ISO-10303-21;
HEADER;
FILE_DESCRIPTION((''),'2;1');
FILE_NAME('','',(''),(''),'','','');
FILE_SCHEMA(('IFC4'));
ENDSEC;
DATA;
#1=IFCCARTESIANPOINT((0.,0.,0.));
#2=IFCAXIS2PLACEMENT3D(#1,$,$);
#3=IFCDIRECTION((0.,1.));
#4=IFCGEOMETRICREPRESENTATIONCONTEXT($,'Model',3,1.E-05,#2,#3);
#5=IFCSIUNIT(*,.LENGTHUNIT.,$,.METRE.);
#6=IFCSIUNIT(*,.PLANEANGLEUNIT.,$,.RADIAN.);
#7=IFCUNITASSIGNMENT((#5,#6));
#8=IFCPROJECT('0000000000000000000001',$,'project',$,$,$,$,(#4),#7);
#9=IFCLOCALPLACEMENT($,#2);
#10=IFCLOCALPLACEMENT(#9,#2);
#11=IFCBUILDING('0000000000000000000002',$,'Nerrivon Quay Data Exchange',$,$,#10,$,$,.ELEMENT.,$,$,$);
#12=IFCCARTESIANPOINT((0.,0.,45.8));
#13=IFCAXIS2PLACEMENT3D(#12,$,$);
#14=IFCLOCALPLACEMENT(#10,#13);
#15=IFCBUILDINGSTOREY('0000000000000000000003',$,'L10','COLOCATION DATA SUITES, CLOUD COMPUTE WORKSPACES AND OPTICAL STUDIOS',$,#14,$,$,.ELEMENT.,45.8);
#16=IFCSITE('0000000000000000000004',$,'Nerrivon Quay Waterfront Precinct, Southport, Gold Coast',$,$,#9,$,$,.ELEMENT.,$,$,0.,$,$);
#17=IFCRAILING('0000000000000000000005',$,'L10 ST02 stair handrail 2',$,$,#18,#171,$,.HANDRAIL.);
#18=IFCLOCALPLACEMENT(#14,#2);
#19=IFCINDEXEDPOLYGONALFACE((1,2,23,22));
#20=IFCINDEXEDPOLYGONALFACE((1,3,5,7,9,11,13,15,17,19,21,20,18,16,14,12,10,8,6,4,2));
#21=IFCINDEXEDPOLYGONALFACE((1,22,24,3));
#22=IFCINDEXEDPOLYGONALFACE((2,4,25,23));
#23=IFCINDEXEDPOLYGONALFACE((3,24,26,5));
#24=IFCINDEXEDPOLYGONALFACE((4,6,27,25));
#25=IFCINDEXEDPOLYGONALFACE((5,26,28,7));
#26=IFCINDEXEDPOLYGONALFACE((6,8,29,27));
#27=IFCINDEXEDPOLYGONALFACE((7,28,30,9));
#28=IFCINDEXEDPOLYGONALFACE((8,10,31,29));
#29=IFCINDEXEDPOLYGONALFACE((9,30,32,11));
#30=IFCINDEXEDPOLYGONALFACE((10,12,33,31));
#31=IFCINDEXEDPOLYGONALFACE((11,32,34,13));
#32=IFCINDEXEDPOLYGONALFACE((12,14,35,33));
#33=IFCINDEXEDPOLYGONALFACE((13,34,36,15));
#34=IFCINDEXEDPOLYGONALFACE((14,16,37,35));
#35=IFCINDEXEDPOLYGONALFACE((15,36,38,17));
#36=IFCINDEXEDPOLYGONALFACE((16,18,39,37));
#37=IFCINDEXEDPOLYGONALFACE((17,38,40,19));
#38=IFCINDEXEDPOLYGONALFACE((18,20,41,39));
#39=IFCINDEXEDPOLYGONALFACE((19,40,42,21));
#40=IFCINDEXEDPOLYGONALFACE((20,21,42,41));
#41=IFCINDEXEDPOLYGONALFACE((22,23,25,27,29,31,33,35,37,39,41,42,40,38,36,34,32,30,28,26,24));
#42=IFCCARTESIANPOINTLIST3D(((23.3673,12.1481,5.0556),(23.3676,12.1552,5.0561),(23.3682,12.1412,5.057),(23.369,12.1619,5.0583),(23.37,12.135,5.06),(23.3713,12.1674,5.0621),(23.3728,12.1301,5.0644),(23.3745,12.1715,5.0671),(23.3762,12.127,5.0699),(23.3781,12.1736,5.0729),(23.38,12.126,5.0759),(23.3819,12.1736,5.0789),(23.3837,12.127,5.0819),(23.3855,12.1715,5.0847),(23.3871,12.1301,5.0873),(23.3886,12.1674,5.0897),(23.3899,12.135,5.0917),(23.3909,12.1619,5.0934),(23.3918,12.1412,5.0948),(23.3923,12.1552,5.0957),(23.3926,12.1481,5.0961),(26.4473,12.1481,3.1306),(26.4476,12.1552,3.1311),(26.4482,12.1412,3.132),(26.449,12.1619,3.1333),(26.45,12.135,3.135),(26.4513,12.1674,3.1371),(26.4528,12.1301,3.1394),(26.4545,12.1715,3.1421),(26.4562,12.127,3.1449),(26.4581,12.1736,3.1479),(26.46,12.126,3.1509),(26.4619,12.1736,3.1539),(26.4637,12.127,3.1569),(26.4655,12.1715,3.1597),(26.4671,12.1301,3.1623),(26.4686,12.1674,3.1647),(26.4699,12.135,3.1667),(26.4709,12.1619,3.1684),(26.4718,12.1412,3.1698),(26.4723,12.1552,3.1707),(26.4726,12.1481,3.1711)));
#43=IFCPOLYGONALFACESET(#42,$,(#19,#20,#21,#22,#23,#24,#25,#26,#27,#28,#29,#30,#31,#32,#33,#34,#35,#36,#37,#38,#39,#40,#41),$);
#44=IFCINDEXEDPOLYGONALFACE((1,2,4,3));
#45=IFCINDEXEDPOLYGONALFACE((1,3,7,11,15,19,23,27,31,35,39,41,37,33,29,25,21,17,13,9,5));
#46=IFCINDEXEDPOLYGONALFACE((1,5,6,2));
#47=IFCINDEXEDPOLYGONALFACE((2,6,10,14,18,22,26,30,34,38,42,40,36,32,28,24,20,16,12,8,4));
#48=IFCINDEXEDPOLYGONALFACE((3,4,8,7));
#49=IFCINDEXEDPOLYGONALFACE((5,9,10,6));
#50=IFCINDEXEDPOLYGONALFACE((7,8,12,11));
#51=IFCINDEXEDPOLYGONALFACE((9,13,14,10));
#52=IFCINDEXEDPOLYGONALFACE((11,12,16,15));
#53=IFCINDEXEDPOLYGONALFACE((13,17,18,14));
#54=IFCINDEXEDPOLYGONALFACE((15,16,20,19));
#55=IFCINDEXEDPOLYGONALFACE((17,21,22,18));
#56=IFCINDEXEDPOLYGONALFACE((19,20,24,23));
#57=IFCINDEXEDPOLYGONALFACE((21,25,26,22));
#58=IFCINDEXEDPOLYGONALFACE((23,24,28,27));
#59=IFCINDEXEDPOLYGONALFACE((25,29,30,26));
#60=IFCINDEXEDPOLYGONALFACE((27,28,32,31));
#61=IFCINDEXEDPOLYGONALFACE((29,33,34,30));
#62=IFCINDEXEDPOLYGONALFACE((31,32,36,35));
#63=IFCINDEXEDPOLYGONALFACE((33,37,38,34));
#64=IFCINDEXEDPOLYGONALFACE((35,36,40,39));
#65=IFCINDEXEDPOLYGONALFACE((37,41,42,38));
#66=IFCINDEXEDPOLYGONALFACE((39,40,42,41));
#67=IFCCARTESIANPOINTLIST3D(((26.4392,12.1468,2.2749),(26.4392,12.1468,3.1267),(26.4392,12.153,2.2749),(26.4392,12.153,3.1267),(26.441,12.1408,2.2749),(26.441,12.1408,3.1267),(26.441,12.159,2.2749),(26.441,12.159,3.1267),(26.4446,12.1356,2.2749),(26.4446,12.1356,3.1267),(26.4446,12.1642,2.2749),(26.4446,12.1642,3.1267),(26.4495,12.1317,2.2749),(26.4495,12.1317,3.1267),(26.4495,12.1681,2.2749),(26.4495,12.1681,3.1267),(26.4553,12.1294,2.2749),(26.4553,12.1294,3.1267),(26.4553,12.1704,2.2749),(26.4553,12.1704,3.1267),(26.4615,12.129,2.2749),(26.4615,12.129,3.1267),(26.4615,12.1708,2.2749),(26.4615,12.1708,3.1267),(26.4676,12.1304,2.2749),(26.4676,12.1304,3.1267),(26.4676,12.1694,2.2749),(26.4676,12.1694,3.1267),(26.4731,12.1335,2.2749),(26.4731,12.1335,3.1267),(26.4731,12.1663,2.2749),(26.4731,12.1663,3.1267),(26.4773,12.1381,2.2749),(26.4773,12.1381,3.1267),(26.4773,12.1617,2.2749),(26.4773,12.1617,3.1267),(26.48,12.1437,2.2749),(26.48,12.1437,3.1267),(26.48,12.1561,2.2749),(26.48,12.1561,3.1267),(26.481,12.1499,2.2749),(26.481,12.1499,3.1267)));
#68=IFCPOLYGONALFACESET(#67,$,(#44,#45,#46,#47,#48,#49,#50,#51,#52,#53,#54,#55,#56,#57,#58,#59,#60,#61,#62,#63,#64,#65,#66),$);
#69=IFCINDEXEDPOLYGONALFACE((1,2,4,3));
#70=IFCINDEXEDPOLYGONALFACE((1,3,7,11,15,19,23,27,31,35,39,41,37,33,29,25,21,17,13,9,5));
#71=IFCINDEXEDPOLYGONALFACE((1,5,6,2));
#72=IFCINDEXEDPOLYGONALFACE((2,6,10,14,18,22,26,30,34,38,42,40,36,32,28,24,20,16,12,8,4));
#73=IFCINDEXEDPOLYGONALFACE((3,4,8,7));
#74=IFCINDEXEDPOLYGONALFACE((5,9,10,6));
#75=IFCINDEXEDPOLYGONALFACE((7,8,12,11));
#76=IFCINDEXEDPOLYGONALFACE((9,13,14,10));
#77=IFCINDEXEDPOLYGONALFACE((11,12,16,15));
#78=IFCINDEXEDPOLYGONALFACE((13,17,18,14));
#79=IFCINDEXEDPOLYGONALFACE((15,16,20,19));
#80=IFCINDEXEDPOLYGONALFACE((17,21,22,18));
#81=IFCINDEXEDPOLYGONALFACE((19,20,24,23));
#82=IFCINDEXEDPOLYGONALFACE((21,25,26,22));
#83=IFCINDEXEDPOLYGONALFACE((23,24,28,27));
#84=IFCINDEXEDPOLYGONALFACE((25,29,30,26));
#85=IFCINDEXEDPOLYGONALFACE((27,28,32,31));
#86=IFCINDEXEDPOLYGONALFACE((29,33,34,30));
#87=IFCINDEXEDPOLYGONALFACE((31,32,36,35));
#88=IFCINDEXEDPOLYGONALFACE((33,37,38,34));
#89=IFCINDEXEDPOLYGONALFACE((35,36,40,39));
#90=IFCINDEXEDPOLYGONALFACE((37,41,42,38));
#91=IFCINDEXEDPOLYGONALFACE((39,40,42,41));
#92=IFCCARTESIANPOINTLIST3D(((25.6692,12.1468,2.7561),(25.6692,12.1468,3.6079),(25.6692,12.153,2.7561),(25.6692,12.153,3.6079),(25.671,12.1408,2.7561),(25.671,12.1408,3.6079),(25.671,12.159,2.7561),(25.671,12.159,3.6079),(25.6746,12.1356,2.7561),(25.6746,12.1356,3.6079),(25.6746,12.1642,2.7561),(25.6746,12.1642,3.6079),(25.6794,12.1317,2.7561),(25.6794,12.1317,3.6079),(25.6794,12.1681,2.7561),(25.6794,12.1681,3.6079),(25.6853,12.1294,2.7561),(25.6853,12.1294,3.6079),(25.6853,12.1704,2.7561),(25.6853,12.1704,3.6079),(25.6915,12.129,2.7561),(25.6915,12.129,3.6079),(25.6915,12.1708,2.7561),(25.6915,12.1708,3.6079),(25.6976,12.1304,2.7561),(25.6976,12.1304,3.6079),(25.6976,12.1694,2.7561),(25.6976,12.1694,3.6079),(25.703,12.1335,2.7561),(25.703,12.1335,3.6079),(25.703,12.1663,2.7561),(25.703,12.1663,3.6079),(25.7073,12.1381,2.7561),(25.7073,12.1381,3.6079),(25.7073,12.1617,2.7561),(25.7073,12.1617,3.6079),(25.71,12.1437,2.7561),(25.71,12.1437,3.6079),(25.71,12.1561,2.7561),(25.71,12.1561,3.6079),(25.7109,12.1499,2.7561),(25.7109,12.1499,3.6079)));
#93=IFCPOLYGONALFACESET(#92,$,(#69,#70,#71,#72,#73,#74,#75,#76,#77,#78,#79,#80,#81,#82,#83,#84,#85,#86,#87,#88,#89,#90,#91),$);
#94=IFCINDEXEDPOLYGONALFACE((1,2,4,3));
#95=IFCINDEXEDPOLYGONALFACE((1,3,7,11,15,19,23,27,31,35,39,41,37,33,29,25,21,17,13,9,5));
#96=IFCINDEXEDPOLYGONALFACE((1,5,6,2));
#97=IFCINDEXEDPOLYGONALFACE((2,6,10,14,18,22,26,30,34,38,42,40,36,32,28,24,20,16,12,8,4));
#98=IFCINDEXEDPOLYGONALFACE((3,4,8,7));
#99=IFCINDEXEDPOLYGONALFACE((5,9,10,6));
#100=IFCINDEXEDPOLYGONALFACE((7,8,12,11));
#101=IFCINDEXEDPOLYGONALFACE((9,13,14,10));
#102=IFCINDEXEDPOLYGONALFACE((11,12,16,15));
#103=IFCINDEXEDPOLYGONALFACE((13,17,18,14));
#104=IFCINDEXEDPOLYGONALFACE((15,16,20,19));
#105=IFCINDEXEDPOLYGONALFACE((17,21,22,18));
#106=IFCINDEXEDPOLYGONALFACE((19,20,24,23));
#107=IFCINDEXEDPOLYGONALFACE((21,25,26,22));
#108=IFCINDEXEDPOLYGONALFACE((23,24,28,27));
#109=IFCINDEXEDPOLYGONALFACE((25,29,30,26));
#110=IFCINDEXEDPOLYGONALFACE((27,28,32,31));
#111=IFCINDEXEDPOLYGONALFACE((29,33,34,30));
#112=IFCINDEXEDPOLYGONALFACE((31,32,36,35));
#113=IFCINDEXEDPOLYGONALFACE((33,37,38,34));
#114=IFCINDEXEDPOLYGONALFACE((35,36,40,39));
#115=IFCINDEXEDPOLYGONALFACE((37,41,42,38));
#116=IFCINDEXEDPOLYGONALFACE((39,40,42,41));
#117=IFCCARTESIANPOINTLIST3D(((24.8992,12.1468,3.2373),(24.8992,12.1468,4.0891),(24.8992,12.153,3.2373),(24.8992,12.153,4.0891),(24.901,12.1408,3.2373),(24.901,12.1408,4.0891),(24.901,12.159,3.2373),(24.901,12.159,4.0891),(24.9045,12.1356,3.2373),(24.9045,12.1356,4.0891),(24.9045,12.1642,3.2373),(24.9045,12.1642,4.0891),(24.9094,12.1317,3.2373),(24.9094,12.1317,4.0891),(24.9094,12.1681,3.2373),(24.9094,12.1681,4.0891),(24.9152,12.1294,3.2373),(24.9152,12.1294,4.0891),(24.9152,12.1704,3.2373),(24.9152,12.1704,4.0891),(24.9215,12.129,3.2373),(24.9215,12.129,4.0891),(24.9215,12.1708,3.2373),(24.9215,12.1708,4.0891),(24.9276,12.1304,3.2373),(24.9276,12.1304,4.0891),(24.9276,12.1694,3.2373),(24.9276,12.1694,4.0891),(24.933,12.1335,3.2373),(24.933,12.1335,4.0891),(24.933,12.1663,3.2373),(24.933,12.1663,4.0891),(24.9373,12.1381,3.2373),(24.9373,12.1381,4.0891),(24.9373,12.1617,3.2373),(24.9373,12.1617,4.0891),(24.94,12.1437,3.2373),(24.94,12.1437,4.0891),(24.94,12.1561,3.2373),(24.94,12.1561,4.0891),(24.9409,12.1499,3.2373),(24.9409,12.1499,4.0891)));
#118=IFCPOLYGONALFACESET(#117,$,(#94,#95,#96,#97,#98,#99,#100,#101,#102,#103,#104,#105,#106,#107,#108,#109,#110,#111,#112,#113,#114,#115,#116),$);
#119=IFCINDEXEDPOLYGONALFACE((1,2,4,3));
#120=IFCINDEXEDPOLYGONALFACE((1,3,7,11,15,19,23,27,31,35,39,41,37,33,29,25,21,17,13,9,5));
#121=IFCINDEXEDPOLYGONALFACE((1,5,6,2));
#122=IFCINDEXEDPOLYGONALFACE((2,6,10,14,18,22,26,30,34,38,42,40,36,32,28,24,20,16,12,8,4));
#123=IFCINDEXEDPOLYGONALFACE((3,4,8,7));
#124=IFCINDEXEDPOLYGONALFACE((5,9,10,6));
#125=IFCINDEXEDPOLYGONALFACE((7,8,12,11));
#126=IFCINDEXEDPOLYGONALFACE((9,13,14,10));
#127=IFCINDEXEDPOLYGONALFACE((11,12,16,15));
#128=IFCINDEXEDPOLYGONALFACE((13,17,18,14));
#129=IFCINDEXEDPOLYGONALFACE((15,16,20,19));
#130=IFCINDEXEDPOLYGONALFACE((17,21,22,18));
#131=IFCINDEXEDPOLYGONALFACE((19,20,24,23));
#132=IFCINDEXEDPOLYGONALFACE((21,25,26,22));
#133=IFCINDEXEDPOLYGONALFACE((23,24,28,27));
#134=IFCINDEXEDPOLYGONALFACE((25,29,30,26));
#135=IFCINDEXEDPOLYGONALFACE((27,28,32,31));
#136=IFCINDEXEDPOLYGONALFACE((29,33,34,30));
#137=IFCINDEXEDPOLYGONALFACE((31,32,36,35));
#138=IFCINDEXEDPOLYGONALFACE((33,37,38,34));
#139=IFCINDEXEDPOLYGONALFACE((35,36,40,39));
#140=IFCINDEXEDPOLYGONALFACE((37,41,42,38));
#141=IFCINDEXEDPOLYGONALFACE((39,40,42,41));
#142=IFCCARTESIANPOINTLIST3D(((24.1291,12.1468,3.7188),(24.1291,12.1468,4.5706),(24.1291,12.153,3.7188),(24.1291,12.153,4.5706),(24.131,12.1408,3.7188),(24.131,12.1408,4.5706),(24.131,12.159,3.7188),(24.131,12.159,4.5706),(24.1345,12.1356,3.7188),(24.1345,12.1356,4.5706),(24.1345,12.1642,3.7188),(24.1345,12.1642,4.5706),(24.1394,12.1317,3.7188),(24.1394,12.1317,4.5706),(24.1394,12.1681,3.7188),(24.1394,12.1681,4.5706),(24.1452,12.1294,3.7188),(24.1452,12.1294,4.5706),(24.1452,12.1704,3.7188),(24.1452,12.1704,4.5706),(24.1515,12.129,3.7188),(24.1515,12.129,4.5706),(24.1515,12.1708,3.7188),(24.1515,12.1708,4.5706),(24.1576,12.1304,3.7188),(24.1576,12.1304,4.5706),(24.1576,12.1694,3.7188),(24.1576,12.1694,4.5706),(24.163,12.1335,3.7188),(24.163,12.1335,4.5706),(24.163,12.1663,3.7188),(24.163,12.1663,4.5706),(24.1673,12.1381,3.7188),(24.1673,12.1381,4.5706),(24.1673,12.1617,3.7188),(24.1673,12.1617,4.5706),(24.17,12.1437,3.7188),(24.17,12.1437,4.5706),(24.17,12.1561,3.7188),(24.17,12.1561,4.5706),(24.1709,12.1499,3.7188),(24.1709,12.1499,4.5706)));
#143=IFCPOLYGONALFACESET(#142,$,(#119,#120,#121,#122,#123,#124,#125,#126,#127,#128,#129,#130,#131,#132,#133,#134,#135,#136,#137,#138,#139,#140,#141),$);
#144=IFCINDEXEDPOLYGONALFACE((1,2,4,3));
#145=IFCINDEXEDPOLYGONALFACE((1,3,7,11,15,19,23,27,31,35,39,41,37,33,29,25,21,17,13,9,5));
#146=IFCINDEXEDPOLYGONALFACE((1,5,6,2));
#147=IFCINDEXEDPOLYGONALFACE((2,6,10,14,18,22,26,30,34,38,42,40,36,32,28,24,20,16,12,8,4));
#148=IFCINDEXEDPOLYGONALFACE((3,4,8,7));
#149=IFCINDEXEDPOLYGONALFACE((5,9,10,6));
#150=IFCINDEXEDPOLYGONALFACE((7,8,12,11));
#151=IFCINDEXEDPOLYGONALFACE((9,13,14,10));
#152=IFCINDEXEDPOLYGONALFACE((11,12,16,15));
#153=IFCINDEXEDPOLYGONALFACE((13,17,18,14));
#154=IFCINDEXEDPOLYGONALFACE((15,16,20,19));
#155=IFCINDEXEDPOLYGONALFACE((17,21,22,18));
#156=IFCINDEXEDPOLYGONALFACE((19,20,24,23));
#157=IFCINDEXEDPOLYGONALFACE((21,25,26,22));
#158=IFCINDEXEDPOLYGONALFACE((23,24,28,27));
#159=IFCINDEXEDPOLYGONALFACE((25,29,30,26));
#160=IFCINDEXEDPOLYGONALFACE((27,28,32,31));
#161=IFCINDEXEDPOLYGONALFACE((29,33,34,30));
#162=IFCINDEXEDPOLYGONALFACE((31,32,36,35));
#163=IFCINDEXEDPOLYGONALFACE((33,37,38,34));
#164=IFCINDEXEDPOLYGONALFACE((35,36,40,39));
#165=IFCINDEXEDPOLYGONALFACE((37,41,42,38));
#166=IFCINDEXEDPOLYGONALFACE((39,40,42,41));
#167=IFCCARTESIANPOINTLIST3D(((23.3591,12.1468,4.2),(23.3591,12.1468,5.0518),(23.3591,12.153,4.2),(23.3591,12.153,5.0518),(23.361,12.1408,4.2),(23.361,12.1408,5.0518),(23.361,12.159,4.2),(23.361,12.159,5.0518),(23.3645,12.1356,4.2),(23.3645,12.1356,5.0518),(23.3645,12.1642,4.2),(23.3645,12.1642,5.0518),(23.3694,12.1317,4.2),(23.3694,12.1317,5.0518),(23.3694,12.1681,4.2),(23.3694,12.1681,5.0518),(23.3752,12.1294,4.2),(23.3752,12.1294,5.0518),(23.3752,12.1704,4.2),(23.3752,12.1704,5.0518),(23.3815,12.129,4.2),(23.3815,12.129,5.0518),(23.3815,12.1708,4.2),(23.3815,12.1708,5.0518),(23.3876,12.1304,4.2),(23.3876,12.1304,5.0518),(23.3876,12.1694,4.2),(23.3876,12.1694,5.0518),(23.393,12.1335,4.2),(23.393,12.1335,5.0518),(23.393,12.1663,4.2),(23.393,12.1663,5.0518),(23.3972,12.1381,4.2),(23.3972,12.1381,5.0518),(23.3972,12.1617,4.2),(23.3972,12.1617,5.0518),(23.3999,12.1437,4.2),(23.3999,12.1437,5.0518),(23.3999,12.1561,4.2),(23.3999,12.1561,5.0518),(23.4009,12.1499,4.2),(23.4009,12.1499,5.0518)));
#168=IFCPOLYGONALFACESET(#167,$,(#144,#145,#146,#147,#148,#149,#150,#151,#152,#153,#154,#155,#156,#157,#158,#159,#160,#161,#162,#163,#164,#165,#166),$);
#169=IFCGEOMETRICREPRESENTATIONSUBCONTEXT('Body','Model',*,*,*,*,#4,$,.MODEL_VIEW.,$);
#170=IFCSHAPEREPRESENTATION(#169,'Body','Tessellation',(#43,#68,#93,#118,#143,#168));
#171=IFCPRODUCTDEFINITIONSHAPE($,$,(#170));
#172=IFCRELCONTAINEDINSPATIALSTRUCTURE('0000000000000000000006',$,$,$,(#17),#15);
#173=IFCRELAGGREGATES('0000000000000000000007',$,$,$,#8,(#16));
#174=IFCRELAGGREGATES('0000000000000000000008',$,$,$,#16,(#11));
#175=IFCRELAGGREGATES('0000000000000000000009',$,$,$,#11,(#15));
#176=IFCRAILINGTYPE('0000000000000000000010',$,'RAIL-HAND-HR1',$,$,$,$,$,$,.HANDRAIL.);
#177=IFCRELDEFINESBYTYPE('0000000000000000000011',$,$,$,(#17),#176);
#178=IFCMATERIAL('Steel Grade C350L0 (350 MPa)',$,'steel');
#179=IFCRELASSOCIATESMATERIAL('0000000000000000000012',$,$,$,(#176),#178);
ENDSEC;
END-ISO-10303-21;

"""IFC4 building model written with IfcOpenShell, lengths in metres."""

from ifc_helpers import new_model, si_unit, direction, frame, origin, origin_2d, place, context, subcontext, project, spatial, circle, extrude, material, type_object, element, save


model = new_model("IFC4")

# Units and contexts
model_context = context("Model", 3, precision=1e-05, world=origin(), true_north=direction((0.0, 1.0)))
body_context = subcontext(model_context, "Body", "Model", "MODEL_VIEW")
ifc_project = project(units=[si_unit("LENGTHUNIT", "METRE"), si_unit("PLANEANGLEUNIT", "RADIAN")], contexts=[model_context])

# Site, building, storey
site_placement = place(None, origin())
site = spatial("IfcSite", under=ifc_project, at=site_placement, Name="Nerrivon Quay Waterfront Precinct, Southport, Gold Coast", CompositionType="ELEMENT", RefElevation=0.0)
building_placement = place(site_placement, origin())
building = spatial("IfcBuilding", under=site, at=building_placement, Name="Nerrivon Quay Data Exchange", CompositionType="ELEMENT")
storey_placement = place(building_placement, frame((0.0, 0.0, 45.8)))
storey = spatial("IfcBuildingStorey", under=building, at=storey_placement, Name="L10", Description="COLOCATION DATA SUITES, CLOUD COMPUTE WORKSPACES AND OPTICAL STUDIOS", CompositionType="ELEMENT", Elevation=45.8)

# Railing
ifc_material_1 = material(Name="Steel Grade C350L0 (350 MPa)", Category="steel")
railing_type_1 = type_object("IfcRailingType", Name="RAIL-HAND-HR1", PredefinedType="HANDRAIL", material=ifc_material_1)
railing_1_placement = place(storey_placement, frame((26.46, 12.1499, 2.2749)))
element("IfcRailing", 1, at=railing_1_placement, inside=storey, type_object=railing_type_1, Name="L10 ST02 stair handrail 2", PredefinedType="HANDRAIL", context=body_context, shape_type="SweptSolid", body=[
    extrude(circle(Radius=0.0239, at=origin_2d()), frame((0.0, 0.0, 0.876), z_axis=(-0.847998, 0.0, 0.529999), x_axis=(0.0, -1.0, 0.0)), (0.0, 0.0, 1.0), 3.6321),
    extrude(circle(Radius=0.021, at=origin_2d()), origin(), (0.0, 0.0, 1.0), 0.8518),
    extrude(circle(Radius=0.021, at=origin_2d()), frame((-0.77, 0.0, 0.4812)), (0.0, 0.0, 1.0), 0.8518),
    extrude(circle(Radius=0.021, at=origin_2d()), frame((-1.54, 0.0, 0.9624)), (0.0, 0.0, 1.0), 0.8518),
    extrude(circle(Radius=0.021, at=origin_2d()), frame((-2.3101, 0.0, 1.4438)), (0.0, 0.0, 1.0), 0.8518),
    extrude(circle(Radius=0.021, at=origin_2d()), frame((-3.0801, 0.0, 1.925)), (0.0, 0.0, 1.0), 0.8518),
])

save(model, "model.ifc")
